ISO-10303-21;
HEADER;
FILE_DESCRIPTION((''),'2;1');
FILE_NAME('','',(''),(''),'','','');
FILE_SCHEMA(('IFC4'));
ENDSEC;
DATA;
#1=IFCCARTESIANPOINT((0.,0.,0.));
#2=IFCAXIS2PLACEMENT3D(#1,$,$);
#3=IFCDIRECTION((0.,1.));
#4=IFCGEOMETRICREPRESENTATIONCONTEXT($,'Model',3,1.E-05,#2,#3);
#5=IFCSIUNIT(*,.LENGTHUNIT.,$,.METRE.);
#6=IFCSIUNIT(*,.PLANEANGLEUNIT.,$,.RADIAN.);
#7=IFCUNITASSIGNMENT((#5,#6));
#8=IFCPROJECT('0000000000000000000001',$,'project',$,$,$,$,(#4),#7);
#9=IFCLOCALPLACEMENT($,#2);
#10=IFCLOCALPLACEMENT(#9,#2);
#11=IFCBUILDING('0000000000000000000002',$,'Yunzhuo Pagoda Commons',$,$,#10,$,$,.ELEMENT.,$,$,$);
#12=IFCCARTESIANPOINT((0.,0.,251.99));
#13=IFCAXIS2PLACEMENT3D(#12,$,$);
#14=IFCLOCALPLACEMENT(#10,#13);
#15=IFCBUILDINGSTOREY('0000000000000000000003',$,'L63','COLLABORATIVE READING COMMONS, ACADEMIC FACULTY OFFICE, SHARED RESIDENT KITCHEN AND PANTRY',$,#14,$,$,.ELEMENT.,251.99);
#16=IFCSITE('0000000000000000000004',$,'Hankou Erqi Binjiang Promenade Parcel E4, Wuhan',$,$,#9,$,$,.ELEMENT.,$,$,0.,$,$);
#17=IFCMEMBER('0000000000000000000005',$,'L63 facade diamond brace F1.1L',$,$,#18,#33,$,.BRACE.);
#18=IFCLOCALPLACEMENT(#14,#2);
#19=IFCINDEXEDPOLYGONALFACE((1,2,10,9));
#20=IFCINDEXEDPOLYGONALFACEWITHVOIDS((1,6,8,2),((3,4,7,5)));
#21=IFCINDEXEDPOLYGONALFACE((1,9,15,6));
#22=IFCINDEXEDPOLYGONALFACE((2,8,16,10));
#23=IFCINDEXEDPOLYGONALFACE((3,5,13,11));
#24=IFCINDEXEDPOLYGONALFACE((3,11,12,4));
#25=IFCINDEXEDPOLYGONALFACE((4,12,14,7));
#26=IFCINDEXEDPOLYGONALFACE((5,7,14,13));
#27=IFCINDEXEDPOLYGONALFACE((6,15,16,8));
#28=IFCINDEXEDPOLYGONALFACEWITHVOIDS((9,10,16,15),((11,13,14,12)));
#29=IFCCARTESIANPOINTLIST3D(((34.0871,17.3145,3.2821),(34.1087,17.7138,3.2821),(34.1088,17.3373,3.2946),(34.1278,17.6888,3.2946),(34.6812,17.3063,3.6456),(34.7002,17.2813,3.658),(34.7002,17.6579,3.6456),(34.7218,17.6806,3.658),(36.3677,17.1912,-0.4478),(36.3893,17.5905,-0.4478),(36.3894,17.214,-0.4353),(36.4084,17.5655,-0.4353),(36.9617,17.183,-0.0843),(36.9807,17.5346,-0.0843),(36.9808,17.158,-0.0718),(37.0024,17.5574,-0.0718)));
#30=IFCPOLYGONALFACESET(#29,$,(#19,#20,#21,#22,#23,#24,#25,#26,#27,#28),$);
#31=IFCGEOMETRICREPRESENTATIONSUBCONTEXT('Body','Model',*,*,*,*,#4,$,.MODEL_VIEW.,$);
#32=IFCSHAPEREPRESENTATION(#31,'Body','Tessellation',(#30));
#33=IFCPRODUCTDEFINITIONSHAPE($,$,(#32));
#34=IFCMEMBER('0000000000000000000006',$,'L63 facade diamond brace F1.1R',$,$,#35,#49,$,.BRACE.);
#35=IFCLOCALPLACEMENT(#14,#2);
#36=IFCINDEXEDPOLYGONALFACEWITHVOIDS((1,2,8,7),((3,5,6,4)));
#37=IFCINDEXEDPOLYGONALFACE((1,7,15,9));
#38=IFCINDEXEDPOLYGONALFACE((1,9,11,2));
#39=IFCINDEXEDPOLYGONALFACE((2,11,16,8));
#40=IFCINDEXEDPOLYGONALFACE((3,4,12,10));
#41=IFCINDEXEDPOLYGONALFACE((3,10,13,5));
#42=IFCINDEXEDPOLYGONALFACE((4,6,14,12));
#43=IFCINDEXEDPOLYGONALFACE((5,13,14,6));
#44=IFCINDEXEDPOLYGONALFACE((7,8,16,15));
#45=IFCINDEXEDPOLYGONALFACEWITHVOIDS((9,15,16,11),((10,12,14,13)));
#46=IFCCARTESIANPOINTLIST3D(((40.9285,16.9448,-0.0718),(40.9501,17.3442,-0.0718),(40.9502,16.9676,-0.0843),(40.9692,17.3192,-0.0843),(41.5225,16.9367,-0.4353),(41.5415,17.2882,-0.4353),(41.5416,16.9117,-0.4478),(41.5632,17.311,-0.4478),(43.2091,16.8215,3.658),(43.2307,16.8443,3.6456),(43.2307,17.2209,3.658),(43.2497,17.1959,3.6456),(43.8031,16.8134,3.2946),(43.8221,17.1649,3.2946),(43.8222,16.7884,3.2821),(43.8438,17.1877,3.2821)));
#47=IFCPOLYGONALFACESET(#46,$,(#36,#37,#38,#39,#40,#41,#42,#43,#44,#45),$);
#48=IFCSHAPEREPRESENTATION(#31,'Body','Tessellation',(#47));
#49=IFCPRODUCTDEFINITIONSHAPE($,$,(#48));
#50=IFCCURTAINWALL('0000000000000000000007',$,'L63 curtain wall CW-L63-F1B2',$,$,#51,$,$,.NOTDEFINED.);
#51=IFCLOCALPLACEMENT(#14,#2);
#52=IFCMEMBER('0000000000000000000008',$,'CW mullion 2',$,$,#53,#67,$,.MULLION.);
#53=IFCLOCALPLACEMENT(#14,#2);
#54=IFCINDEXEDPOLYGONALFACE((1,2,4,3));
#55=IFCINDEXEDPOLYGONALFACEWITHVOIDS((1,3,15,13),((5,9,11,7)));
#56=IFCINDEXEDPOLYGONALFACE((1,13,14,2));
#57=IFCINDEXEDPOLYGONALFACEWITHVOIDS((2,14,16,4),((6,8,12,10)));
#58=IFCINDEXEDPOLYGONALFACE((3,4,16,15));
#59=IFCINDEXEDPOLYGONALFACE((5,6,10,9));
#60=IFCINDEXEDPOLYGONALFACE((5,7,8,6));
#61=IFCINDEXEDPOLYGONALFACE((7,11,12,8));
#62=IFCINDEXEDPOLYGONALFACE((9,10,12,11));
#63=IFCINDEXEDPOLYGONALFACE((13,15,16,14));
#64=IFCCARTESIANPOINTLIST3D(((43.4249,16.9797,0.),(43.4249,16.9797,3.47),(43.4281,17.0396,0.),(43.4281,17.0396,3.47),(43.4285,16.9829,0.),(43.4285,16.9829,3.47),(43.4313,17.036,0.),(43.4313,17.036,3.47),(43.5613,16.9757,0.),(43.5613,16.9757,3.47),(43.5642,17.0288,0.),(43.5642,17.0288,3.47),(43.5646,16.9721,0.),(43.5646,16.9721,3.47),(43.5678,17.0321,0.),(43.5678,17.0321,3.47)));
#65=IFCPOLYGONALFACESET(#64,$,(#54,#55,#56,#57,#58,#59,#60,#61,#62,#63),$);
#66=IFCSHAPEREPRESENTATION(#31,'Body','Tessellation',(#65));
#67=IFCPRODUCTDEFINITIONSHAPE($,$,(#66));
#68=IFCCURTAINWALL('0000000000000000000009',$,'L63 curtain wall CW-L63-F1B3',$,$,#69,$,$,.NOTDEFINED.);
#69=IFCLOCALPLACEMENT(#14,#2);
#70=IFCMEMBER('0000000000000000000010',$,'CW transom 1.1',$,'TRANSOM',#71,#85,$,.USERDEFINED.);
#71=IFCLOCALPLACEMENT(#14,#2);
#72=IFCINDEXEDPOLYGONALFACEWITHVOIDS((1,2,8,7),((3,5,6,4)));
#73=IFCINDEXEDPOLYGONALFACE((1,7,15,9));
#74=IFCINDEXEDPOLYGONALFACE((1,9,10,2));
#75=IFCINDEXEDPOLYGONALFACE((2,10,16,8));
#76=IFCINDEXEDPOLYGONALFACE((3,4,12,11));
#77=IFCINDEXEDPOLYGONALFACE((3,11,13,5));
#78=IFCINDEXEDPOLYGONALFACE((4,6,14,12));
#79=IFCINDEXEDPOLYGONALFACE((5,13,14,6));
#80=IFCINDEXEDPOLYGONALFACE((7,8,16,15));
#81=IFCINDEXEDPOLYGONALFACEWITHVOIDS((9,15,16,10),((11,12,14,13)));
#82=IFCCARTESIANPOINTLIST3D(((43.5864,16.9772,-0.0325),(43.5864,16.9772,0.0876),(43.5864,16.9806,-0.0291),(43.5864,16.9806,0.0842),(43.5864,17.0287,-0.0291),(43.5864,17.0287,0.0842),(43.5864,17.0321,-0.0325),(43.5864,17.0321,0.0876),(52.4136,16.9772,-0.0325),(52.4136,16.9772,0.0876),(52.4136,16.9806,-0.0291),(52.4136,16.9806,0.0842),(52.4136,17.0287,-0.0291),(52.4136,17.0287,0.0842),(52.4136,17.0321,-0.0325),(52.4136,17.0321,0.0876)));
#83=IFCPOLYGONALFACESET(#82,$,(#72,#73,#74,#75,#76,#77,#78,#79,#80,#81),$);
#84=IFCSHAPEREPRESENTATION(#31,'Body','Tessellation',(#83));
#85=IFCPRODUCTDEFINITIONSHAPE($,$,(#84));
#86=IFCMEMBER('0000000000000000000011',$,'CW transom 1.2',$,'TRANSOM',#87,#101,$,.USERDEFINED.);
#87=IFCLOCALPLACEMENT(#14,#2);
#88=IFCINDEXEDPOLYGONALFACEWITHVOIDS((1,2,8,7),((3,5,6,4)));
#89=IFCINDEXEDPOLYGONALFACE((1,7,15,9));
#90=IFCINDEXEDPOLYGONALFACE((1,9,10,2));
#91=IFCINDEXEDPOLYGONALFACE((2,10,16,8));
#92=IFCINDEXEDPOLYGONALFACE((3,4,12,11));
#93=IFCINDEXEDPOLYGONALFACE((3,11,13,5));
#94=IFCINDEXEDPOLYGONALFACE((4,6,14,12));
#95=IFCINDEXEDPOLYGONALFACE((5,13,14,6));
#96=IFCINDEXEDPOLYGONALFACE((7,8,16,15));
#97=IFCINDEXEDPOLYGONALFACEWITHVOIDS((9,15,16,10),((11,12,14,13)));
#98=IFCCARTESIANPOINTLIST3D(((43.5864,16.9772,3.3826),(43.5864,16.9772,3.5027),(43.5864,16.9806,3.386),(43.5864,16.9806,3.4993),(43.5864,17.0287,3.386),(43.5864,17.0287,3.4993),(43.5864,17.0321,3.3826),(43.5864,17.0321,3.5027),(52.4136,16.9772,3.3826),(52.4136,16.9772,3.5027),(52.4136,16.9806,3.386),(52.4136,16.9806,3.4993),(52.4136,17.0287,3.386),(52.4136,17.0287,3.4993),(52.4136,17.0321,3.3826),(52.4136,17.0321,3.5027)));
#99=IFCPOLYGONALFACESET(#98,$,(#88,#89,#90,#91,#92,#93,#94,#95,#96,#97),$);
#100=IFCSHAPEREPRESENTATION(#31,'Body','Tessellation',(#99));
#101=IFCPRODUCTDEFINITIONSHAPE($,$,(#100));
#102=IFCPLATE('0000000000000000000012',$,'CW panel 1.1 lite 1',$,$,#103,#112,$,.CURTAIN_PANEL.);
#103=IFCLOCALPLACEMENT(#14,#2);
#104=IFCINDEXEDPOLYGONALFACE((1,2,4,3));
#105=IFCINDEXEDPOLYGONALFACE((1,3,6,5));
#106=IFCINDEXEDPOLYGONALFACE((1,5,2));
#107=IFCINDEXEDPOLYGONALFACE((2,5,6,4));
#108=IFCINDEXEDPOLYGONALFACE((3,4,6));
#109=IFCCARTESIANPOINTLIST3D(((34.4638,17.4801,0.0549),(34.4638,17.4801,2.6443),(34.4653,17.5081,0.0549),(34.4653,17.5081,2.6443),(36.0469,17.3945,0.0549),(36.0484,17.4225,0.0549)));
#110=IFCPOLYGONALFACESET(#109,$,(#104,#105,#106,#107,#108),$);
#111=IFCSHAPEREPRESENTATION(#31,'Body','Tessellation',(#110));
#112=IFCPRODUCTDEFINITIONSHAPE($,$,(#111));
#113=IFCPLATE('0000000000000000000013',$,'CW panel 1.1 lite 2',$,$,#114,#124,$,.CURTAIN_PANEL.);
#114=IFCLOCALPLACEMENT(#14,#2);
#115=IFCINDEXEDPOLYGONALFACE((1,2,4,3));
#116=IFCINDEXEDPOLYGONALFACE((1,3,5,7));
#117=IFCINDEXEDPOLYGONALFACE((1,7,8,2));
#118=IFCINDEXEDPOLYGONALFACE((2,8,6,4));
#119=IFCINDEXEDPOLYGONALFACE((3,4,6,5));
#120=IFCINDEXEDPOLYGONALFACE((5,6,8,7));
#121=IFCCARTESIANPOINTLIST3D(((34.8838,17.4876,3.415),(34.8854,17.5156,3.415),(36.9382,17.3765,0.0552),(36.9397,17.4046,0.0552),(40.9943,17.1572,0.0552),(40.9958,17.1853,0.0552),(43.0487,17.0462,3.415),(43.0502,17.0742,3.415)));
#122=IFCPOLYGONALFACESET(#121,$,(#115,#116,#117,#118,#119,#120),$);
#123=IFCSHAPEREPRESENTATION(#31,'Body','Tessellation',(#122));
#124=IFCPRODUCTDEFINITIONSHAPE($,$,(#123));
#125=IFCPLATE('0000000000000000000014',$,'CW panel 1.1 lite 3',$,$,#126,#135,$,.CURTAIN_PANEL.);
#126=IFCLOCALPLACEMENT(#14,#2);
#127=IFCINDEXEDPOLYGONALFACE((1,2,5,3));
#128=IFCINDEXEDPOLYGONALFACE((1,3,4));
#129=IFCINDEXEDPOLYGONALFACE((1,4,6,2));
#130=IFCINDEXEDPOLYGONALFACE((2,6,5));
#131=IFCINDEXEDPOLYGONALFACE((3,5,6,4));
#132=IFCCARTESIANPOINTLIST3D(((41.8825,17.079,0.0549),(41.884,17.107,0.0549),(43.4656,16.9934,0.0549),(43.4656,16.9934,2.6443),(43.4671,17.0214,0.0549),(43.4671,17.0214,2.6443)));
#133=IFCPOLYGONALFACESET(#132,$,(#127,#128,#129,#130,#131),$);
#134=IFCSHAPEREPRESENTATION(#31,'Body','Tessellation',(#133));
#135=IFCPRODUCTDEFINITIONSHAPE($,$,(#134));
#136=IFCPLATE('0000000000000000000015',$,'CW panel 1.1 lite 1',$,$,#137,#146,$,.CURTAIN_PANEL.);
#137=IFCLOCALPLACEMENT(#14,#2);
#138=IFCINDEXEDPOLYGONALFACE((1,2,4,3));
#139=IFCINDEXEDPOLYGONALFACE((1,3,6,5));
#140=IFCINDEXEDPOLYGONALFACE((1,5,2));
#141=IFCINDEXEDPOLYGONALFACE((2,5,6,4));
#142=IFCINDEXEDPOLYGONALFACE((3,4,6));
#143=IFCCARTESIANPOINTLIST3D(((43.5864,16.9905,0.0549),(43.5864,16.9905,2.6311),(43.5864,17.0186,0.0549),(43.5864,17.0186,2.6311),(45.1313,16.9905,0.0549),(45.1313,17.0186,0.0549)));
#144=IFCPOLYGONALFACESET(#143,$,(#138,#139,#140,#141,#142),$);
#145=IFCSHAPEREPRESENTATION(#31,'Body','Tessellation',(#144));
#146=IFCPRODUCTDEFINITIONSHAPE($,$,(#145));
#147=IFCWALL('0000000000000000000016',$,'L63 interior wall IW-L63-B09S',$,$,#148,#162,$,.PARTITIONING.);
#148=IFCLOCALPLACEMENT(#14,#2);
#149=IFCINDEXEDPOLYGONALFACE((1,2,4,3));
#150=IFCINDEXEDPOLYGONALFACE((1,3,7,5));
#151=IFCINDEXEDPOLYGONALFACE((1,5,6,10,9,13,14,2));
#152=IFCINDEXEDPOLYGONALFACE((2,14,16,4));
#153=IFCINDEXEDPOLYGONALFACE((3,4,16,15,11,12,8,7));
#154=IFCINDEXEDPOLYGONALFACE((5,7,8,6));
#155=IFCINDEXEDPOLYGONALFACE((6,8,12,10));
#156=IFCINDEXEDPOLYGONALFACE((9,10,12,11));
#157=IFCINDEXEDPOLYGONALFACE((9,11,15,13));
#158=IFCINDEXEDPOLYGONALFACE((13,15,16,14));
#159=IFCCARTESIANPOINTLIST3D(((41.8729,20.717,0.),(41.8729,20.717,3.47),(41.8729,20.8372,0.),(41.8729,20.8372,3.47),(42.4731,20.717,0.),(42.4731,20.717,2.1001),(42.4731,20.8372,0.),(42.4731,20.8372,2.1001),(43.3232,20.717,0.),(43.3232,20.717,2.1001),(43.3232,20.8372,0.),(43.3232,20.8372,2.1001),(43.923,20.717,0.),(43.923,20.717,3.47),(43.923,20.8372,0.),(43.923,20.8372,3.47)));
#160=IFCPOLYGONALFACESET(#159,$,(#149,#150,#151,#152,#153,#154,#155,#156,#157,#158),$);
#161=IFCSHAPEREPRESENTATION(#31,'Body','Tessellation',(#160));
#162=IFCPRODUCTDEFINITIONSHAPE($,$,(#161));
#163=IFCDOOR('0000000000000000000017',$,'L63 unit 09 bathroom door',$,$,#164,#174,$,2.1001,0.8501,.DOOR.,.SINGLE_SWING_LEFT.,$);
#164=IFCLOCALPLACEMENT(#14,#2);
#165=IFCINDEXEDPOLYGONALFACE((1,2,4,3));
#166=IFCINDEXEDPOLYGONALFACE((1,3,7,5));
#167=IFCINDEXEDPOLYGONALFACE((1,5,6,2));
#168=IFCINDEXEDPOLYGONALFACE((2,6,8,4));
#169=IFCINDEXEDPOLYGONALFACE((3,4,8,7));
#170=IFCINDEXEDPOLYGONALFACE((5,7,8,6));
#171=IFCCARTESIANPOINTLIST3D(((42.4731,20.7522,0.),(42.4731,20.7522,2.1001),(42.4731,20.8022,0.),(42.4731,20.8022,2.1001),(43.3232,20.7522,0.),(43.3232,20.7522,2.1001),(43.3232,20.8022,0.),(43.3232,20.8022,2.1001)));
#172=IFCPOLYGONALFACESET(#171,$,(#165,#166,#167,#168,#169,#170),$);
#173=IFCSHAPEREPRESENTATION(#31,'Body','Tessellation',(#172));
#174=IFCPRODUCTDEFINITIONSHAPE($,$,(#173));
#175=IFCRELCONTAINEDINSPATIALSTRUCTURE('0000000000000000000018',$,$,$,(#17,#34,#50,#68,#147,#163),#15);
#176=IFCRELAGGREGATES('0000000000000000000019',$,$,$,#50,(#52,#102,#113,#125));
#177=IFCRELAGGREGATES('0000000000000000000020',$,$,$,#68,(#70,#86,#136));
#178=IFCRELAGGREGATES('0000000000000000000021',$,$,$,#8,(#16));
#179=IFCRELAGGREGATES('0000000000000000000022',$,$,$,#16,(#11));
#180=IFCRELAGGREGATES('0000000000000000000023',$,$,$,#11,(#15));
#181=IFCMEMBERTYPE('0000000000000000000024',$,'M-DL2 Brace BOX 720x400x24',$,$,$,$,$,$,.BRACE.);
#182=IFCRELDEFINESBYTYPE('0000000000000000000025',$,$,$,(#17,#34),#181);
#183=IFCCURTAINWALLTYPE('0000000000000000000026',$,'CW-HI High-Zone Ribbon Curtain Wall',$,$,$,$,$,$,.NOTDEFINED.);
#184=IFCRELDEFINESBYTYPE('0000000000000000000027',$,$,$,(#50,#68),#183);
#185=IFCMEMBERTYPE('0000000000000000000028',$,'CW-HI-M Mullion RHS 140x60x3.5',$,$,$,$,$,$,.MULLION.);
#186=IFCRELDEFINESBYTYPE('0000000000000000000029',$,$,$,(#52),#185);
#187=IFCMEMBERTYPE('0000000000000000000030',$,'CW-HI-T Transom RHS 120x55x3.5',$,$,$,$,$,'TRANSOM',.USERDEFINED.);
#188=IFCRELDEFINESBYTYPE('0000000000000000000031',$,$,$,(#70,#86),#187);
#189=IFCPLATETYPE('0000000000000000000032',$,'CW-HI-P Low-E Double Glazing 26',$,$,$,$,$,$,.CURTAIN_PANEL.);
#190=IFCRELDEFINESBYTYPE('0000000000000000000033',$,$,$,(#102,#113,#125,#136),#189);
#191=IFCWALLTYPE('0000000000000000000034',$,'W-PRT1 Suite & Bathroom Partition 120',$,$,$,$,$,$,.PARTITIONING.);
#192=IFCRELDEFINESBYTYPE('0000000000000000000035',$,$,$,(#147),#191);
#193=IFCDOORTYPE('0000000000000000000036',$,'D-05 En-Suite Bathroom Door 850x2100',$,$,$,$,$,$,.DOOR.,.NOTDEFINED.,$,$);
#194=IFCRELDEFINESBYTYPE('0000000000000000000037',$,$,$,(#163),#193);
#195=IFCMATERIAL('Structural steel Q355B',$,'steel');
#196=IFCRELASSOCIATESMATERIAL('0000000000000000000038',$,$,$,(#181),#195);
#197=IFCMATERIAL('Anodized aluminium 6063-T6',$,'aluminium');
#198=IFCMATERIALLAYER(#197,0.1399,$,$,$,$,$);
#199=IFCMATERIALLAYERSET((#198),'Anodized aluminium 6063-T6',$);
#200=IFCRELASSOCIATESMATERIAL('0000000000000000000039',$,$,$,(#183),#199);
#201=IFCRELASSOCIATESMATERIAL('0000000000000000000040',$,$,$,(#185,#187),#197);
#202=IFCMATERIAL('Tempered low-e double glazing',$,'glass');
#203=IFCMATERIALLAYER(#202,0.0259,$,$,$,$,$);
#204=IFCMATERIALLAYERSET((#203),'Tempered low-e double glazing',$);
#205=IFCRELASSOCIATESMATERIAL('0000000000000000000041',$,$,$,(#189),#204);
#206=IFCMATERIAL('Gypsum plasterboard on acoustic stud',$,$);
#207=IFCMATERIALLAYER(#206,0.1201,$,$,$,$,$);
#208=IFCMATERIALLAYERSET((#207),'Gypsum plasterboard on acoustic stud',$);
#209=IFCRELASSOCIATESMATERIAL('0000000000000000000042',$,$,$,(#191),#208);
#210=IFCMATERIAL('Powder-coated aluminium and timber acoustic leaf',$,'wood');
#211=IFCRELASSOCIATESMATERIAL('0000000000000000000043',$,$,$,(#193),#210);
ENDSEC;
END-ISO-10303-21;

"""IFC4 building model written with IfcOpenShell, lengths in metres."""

from ifc_helpers import new_model, si_unit, direction, frame, frame_2d, origin, origin_2d, place, context, subcontext, project, spatial, polyline, rectangle, hollow_rectangle, outline, extrude, source, transform, mapped, material, layer, layer_set, material_profile, profile_set, type_object, element, fill, aggregate, save


model = new_model("IFC4")

# Units and contexts
model_context = context("Model", 3, precision=1e-05, world=origin(), true_north=direction((0.0, 1.0)))
body_context = subcontext(model_context, "Body", "Model", "MODEL_VIEW")
ifc_project = project(units=[si_unit("LENGTHUNIT", "METRE"), si_unit("PLANEANGLEUNIT", "RADIAN")], contexts=[model_context])

# Site, building, storey
site_placement = place(None, origin())
site = spatial("IfcSite", under=ifc_project, at=site_placement, Name="Hankou Erqi Binjiang Promenade Parcel E4, Wuhan", CompositionType="ELEMENT", RefElevation=0.0)
building_placement = place(site_placement, origin())
building = spatial("IfcBuilding", under=site, at=building_placement, Name="Yunzhuo Pagoda Commons", CompositionType="ELEMENT")
storey_placement = place(building_placement, frame((0.0, 0.0, 251.99)))
storey = spatial("IfcBuildingStorey", under=building, at=storey_placement, Name="L63", Description="COLLABORATIVE READING COMMONS, ACADEMIC FACULTY OFFICE, SHARED RESIDENT KITCHEN AND PANTRY", CompositionType="ELEMENT", Elevation=251.99)

# Shared definitions
ifc_material_1 = material(Name="Structural steel Q355B", Category="steel")

# Members
ifc_material_profile_1 = material_profile(ifc_material_1, hollow_rectangle(XDim=0.3999, YDim=0.72, WallThickness=0.0239, at=origin_2d()), Name="Structural steel Q355B")
ifc_profile_set_1 = profile_set([ifc_material_profile_1], Name="Structural steel Q355B")
member_type_1 = type_object("IfcMemberType", Name="M-DL2 Brace BOX 720x400x24", PredefinedType="BRACE", material=ifc_profile_set_1)
shared_shape_1 = source(origin(), body_context, "Body", "SweptSolid", [
    extrude(hollow_rectangle(XDim=0.3999, YDim=0.72, WallThickness=0.0239, at=origin_2d()), origin(), (0.0, 0.0, 1.0), 4.3735),
])
for number, where, z_axis, x_axis, name in (
    (1, (36.6851, 17.3743, -0.2598), (-0.521448, 0.028191, 0.852817), (-0.053984, -0.998542, 0.0), "L63 facade diamond brace F1.1L"),
    (2, (41.2458, 17.1279, -0.2598), (0.521448, -0.028191, 0.852817), (0.053984, 0.998542, 0.0), "L63 facade diamond brace F1.1R"),
):
    element("IfcMember", number, at=place(storey_placement, frame(where, z_axis=z_axis, x_axis=x_axis)), inside=storey, type_object=member_type_1, Name=name, PredefinedType="BRACE", context=body_context, shape_type="MappedRepresentation", body=[
        mapped(shared_shape_1, transform((0.0, 0.0, 0.0), scale=1.0)),
    ])

# Curtain wall, member
ifc_material_2 = material(Name="Anodized aluminium 6063-T6", Category="aluminium")
ifc_layer_1 = layer(ifc_material_2, 0.1399)
ifc_layer_set_1 = layer_set([ifc_layer_1], Name="Anodized aluminium 6063-T6")
curtain_wall_type = type_object("IfcCurtainWallType", Name="CW-HI High-Zone Ribbon Curtain Wall", PredefinedType="NOTDEFINED", material=ifc_layer_set_1)
curtain_wall_1_placement = place(storey_placement, origin())
curtain_wall_1 = element("IfcCurtainWall", 3, at=curtain_wall_1_placement, inside=storey, type_object=curtain_wall_type, Name="L63 curtain wall CW-L63-F1B2", PredefinedType="NOTDEFINED")
ifc_material_profile_2 = material_profile(ifc_material_2, hollow_rectangle(XDim=0.0601, YDim=0.1399, WallThickness=0.0034, at=origin_2d()), Name="Anodized aluminium 6063-T6")
ifc_profile_set_2 = profile_set([ifc_material_profile_2], Name="Anodized aluminium 6063-T6")
member_type_2 = type_object("IfcMemberType", Name="CW-HI-M Mullion RHS 140x60x3.5", PredefinedType="MULLION", material=ifc_profile_set_2)
shared_shape_2 = source(origin(), body_context, "Body", "SweptSolid", [
    extrude(hollow_rectangle(XDim=0.0601, YDim=0.1399, WallThickness=0.0034, at=origin_2d()), origin(), (0.0, 0.0, 1.0), 3.47),
])
member_1_placement = place(storey_placement, frame((43.4963, 17.0059, 0.0), z_axis=(0.0, 0.0, 1.0), x_axis=(0.053989, 0.998542, 0.0)))
member_1 = element("IfcMember", 4, at=member_1_placement, type_object=member_type_2, Name="CW mullion 2", PredefinedType="MULLION", context=body_context, shape_type="MappedRepresentation", body=[
    mapped(shared_shape_2, transform((0.0, 0.0, 0.0), scale=1.0)),
])

# Curtain wall, members
curtain_wall_2_placement = place(storey_placement, origin())
curtain_wall_2 = element("IfcCurtainWall", 5, at=curtain_wall_2_placement, inside=storey, type_object=curtain_wall_type, Name="L63 curtain wall CW-L63-F1B3", PredefinedType="NOTDEFINED")
ifc_material_profile_3 = material_profile(ifc_material_2, hollow_rectangle(XDim=0.0549, YDim=0.1201, WallThickness=0.0034, at=origin_2d()), Name="Anodized aluminium 6063-T6")
ifc_profile_set_3 = profile_set([ifc_material_profile_3], Name="Anodized aluminium 6063-T6")
member_type_3 = type_object("IfcMemberType", Name="CW-HI-T Transom RHS 120x55x3.5", ElementType="TRANSOM", PredefinedType="USERDEFINED", material=ifc_profile_set_3)
shared_shape_3 = source(origin(), body_context, "Body", "SweptSolid", [
    extrude(hollow_rectangle(XDim=0.0549, YDim=0.1201, WallThickness=0.0034, at=origin_2d()), origin(), (0.0, 0.0, 1.0), 8.8271),
])
member_2_placement = place(storey_placement, frame((43.5864, 17.0046, 0.0276), z_axis=(1.0, 0.0, 0.0), x_axis=(0.0, 1.0, 0.0)))
member_2 = element("IfcMember", 6, at=member_2_placement, type_object=member_type_3, Name="CW transom 1.1", ObjectType="TRANSOM", PredefinedType="USERDEFINED", context=body_context, shape_type="MappedRepresentation", body=[
    mapped(shared_shape_3, transform((0.0, 0.0, 0.0), scale=1.0)),
])
member_3_placement = place(storey_placement, frame((43.5864, 17.0046, 3.4426), z_axis=(1.0, 0.0, 0.0), x_axis=(0.0, 1.0, 0.0)))
member_3 = element("IfcMember", 7, at=member_3_placement, type_object=member_type_3, Name="CW transom 1.2", ObjectType="TRANSOM", PredefinedType="USERDEFINED", context=body_context, shape_type="MappedRepresentation", body=[
    mapped(shared_shape_3, transform((0.0, 0.0, 0.0), scale=1.0)),
])

# Plates
ifc_material_3 = material(Name="Tempered low-e double glazing", Category="glass")
ifc_layer_2 = layer(ifc_material_3, 0.0259)
ifc_layer_set_2 = layer_set([ifc_layer_2], Name="Tempered low-e double glazing")
plate_type = type_object("IfcPlateType", Name="CW-HI-P Low-E Double Glazing 26", PredefinedType="CURTAIN_PANEL", material=ifc_layer_set_2)
plate_1_placement = place(storey_placement, frame((35.2568, 17.4653, 1.3496), z_axis=(-0.053989, -0.998542, 0.0), x_axis=(0.998542, -0.053989, 0.0)))
plate_1 = element("IfcPlate", 8, at=plate_1_placement, type_object=plate_type, Name="CW panel 1.1 lite 1", PredefinedType="CURTAIN_PANEL", context=body_context, shape_type="SweptSolid", body=[
    extrude(outline(polyline([(-0.7927, -1.2947), (0.7927, -1.2947), (-0.7927, 1.2947), (-0.7927, -1.2947)])), origin(), (0.0, 0.0, 1.0), 0.0281),
])
plate_2_placement = place(storey_placement, frame((38.9678, 17.2949, 1.7351), z_axis=(-0.053989, -0.998542, 0.0), x_axis=(0.998542, -0.053989, 0.0)))
plate_2 = element("IfcPlate", 9, at=plate_2_placement, type_object=plate_type, Name="CW panel 1.1 lite 2", PredefinedType="CURTAIN_PANEL", context=body_context, shape_type="SweptSolid", body=[
    extrude(outline(polyline([(-4.0884, 1.6799), (-2.031, -1.6799), (2.031, -1.6799), (4.0884, 1.6799), (-4.0884, 1.6799)])), origin(), (0.0, 0.0, 1.0), 0.0281),
])
plate_3_placement = place(storey_placement, frame((42.6755, 17.0642, 1.3496), z_axis=(-0.053989, -0.998542, 0.0), x_axis=(0.998542, -0.053989, 0.0)))
plate_3 = element("IfcPlate", 10, at=plate_3_placement, type_object=plate_type, Name="CW panel 1.1 lite 3", PredefinedType="CURTAIN_PANEL", context=body_context, shape_type="SweptSolid", body=[
    extrude(outline(polyline([(-0.7927, -1.2947), (0.7927, -1.2947), (0.7927, 1.2947), (-0.7927, -1.2947)])), origin(), (0.0, 0.0, 1.0), 0.0281),
])
aggregate(curtain_wall_1, [member_1, plate_1, plate_2, plate_3])
plate_4_placement = place(storey_placement, frame((44.3589, 17.0186, 1.343), z_axis=(0.0, -1.0, 0.0), x_axis=(1.0, 0.0, 0.0)))
plate_4 = element("IfcPlate", 11, at=plate_4_placement, type_object=plate_type, Name="CW panel 1.1 lite 1", PredefinedType="CURTAIN_PANEL", context=body_context, shape_type="SweptSolid", body=[
    extrude(outline(polyline([(-0.7725, -1.2881), (0.7725, -1.2881), (-0.7725, 1.2881), (-0.7725, -1.2881)])), origin(), (0.0, 0.0, 1.0), 0.0281),
])
aggregate(curtain_wall_2, [member_2, member_3, plate_4])

# Wall, opening, door
ifc_material_4 = material(Name="Gypsum plasterboard on acoustic stud")
ifc_layer_3 = layer(ifc_material_4, 0.1201)
ifc_layer_set_3 = layer_set([ifc_layer_3], Name="Gypsum plasterboard on acoustic stud")
wall_type = type_object("IfcWallType", Name="W-PRT1 Suite & Bathroom Partition 120", PredefinedType="PARTITIONING", material=ifc_layer_set_3)
wall_1_placement = place(storey_placement, frame((41.873, 20.7771, 0.0), z_axis=(0.0, 0.0, 1.0), x_axis=(1.0, 0.0, 0.0)))
wall_1 = element("IfcWall", 12, at=wall_1_placement, inside=storey, type_object=wall_type, Name="L63 interior wall IW-L63-B09S", PredefinedType="PARTITIONING", context=body_context, shape_type="SweptSolid", body=[
    extrude(rectangle(XDim=2.05, YDim=0.1201, at=frame_2d((1.0249, 0.0))), origin(), (0.0, 0.0, 1.0), 3.47),
])
opening_placement = place(wall_1_placement, frame((0.6001, 0.0, 0.0)))
opening = element("IfcOpeningElement", 13, at=opening_placement, cuts=wall_1, PredefinedType="OPENING", context=body_context, shape_type="SweptSolid", body=[
    extrude(rectangle(XDim=0.8501, YDim=2.1001, at=frame_2d((0.425, 1.05))), frame((0.0, 0.0701, 0.0), z_axis=(0.0, -1.0, 0.0), x_axis=(1.0, 0.0, 0.0)), (0.0, 0.0, 1.0), 0.1401),
])
ifc_material_5 = material(Name="Powder-coated aluminium and timber acoustic leaf", Category="wood")
door_type = type_object("IfcDoorType", Name="D-05 En-Suite Bathroom Door 850x2100", OperationType="NOTDEFINED", PredefinedType="DOOR", material=ifc_material_5)
shared_shape_4 = source(origin(), body_context, "Body", "SweptSolid", [
    extrude(rectangle(XDim=0.8501, YDim=2.1001, at=frame_2d((0.425, 1.05))), frame((0.0, 0.0249, 0.0), z_axis=(0.0, -1.0, 0.0), x_axis=(1.0, 0.0, 0.0)), (0.0, 0.0, 1.0), 0.05),
])
door_placement = place(opening_placement, frame((0.8501, 0.0, 0.0), z_axis=(0.0, 0.0, 1.0), x_axis=(-1.0, 0.0, 0.0)))
door = element("IfcDoor", 14, at=door_placement, inside=storey, type_object=door_type, Name="L63 unit 09 bathroom door", OperationType="SINGLE_SWING_LEFT", OverallHeight=2.1001, OverallWidth=0.8501, PredefinedType="DOOR", context=body_context, shape_type="MappedRepresentation", body=[
    mapped(shared_shape_4, transform((0.0, 0.0, 0.0), scale=1.0)),
])
fill(opening, door)

save(model, "model.ifc")
